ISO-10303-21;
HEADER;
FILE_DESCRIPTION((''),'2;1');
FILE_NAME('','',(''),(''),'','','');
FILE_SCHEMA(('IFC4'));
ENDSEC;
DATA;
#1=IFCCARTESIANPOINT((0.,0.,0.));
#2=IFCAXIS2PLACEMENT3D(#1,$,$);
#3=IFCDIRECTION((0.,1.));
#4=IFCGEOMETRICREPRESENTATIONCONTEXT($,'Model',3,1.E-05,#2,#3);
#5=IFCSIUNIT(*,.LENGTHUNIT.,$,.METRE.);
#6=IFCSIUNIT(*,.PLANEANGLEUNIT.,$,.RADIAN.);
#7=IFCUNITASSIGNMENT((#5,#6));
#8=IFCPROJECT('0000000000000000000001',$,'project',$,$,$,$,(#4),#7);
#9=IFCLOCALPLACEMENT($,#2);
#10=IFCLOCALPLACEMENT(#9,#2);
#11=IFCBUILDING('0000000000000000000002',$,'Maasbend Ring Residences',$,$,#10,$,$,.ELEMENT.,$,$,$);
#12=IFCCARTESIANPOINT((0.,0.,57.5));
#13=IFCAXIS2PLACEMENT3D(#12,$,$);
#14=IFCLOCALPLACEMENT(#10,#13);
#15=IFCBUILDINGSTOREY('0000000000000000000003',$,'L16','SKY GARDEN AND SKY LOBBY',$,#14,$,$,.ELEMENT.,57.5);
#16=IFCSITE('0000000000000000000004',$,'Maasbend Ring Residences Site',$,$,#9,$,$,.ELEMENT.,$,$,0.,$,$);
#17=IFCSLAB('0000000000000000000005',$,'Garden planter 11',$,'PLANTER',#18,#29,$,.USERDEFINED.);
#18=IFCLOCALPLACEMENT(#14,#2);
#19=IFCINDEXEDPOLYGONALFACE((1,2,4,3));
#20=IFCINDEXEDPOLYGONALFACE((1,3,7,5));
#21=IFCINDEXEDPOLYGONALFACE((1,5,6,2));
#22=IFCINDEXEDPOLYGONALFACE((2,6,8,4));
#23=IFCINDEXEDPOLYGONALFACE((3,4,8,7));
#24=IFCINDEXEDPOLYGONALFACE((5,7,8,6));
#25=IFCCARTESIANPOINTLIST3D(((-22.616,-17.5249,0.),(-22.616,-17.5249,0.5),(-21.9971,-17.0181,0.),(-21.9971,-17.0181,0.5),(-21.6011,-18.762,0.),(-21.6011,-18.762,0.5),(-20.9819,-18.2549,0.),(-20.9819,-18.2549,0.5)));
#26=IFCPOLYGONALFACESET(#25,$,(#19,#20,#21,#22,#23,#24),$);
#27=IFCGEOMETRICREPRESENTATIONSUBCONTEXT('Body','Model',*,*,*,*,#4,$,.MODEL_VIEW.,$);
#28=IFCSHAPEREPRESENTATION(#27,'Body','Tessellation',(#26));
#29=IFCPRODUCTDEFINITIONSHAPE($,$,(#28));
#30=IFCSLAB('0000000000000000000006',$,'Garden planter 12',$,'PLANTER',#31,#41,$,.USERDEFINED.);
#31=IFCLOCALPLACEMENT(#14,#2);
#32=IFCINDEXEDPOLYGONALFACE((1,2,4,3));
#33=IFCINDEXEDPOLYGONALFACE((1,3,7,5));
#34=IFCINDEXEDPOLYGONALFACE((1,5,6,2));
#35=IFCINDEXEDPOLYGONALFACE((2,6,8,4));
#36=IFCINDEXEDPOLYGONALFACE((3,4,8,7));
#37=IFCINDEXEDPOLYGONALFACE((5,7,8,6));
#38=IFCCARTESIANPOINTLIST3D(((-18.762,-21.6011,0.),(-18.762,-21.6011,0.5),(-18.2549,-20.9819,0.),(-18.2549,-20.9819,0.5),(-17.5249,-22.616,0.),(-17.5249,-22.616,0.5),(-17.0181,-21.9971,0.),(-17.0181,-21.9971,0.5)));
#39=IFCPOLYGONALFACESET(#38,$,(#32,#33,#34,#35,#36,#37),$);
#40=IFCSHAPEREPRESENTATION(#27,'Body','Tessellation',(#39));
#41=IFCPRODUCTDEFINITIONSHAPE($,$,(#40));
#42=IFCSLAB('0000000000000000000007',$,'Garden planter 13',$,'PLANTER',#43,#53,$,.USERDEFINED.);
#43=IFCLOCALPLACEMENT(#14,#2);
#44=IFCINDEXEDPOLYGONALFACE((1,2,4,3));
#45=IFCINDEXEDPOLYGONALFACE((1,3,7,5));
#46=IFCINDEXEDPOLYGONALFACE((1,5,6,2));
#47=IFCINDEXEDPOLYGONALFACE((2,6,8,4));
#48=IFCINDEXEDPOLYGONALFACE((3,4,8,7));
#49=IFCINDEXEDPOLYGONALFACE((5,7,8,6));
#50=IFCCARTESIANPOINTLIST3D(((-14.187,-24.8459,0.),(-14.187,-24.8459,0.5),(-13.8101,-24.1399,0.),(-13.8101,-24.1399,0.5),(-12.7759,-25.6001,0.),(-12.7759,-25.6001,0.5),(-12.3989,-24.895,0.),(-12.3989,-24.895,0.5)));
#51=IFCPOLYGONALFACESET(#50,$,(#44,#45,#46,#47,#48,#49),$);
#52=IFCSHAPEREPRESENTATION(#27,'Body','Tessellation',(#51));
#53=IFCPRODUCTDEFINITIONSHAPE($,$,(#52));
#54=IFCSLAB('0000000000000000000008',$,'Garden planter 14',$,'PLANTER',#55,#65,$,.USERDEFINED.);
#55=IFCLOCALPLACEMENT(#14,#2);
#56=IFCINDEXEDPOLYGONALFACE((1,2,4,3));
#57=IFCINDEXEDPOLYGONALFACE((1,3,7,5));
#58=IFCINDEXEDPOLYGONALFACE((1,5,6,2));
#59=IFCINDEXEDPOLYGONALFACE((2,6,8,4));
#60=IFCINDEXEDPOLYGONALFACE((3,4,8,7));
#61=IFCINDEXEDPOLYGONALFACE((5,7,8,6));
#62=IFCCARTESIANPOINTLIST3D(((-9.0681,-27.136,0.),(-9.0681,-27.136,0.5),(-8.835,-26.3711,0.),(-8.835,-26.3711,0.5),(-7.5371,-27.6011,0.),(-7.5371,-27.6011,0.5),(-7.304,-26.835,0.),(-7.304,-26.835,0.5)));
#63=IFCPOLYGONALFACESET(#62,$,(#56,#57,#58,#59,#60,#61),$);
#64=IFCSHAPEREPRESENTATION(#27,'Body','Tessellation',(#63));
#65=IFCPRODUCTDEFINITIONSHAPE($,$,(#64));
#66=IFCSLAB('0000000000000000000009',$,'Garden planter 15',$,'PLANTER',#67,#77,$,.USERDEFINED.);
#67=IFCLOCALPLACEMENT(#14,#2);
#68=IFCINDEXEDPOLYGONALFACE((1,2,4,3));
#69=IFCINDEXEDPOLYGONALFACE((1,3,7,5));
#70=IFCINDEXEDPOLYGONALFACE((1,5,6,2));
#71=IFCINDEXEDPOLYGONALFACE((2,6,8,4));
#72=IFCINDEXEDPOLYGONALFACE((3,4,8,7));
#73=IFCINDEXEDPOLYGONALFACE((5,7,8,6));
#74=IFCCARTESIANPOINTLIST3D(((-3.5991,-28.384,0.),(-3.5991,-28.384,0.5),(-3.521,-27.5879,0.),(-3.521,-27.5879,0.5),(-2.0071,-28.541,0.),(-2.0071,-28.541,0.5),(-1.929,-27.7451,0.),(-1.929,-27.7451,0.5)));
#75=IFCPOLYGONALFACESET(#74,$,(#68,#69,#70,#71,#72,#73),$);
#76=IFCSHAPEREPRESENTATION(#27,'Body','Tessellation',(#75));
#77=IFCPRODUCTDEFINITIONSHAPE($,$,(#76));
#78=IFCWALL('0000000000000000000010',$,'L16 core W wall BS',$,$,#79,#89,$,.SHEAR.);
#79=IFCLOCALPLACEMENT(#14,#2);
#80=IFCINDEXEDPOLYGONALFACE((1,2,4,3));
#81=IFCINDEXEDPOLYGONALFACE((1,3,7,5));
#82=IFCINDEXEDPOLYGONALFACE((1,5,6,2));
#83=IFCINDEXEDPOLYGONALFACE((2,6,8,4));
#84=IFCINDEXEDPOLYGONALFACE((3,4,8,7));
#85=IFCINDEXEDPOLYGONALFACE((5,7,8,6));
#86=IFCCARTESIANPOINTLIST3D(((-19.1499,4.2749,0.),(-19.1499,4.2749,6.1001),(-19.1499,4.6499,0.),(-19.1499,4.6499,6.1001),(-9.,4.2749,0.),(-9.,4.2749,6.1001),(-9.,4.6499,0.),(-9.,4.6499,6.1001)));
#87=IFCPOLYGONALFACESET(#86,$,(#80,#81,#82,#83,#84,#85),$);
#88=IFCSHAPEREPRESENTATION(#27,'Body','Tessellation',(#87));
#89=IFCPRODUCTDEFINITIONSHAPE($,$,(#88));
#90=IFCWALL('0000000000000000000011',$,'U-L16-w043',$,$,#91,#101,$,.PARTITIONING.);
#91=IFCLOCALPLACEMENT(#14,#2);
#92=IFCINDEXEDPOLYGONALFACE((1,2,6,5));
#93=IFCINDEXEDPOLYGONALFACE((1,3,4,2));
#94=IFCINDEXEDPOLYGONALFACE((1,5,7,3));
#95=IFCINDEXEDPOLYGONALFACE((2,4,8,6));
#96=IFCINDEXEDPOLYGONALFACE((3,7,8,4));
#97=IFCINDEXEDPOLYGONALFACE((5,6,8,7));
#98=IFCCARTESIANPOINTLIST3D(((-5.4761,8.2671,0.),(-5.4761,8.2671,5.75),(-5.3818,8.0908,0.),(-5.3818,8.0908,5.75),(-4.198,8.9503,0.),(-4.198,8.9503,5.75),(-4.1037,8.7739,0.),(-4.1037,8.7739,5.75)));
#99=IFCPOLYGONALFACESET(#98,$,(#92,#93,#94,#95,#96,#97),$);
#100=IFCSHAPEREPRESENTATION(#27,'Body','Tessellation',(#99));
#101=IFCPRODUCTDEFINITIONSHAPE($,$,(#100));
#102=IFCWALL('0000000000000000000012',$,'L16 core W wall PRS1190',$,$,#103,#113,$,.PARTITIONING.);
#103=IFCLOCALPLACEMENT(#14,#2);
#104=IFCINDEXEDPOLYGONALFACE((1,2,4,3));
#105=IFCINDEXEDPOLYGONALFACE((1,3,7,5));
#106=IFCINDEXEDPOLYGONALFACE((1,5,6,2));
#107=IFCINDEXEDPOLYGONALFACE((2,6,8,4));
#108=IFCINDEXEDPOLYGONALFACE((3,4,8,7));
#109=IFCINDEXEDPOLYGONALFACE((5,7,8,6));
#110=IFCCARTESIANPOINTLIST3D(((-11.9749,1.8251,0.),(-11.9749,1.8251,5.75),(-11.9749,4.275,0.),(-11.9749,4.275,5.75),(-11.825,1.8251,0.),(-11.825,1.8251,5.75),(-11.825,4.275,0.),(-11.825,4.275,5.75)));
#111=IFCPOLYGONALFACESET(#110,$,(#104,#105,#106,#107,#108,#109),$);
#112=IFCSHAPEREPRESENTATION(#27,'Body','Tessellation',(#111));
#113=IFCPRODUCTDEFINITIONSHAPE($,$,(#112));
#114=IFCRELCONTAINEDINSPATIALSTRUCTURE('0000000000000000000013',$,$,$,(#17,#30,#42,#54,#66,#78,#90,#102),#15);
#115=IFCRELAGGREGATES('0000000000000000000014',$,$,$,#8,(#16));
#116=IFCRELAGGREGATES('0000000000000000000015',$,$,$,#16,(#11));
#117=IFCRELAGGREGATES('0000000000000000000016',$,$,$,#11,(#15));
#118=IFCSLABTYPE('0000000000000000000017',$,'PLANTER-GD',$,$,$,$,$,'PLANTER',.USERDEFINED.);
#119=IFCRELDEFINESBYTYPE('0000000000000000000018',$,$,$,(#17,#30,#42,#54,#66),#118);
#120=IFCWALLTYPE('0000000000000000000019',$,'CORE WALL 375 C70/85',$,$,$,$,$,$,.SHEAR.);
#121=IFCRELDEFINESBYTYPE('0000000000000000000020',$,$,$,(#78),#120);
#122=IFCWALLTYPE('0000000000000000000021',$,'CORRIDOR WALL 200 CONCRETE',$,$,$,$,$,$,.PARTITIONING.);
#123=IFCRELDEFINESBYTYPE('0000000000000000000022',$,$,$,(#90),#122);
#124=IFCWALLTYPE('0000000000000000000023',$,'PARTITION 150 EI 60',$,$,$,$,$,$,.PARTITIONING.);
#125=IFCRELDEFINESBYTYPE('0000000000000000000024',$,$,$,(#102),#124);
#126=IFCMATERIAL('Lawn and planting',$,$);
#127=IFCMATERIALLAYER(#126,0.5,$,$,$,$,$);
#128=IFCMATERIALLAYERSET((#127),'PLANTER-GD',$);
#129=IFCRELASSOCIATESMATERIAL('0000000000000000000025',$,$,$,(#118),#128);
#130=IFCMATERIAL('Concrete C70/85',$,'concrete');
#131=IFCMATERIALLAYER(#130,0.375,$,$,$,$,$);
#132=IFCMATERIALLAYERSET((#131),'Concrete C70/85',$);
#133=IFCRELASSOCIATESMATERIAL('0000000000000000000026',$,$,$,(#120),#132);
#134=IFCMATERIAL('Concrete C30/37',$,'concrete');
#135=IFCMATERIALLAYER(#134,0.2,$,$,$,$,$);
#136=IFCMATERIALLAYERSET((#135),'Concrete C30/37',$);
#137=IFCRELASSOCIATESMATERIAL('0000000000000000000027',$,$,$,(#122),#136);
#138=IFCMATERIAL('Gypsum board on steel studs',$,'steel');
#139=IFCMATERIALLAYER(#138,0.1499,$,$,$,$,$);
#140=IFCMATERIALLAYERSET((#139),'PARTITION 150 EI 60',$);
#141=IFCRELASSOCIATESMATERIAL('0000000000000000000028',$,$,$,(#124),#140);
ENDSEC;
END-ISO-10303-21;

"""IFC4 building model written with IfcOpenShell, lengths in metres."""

from ifc_helpers import new_model, si_unit, direction, frame, frame_2d, origin, place, context, subcontext, project, spatial, polyline, rectangle, outline, extrude, material, layer, layer_set, type_object, element, save


model = new_model("IFC4")

# Units and contexts
model_context = context("Model", 3, precision=1e-05, world=origin(), true_north=direction((0.0, 1.0)))
body_context = subcontext(model_context, "Body", "Model", "MODEL_VIEW")
ifc_project = project(units=[si_unit("LENGTHUNIT", "METRE"), si_unit("PLANEANGLEUNIT", "RADIAN")], contexts=[model_context])

# Site, building, storey
site_placement = place(None, origin())
site = spatial("IfcSite", under=ifc_project, at=site_placement, Name="Maasbend Ring Residences Site", CompositionType="ELEMENT", RefElevation=0.0)
building_placement = place(site_placement, origin())
building = spatial("IfcBuilding", under=site, at=building_placement, Name="Maasbend Ring Residences", CompositionType="ELEMENT")
storey_placement = place(building_placement, frame((0.0, 0.0, 57.5)))
storey = spatial("IfcBuildingStorey", under=building, at=storey_placement, Name="L16", Description="SKY GARDEN AND SKY LOBBY", CompositionType="ELEMENT", Elevation=57.5)

# Slabs
ifc_material_1 = material(Name="Lawn and planting")
ifc_layer_1 = layer(ifc_material_1, 0.5)
ifc_layer_set_1 = layer_set([ifc_layer_1], Name="PLANTER-GD")
slab_type = type_object("IfcSlabType", Name="PLANTER-GD", ElementType="PLANTER", PredefinedType="USERDEFINED", material=ifc_layer_set_1)
slab_1_placement = place(storey_placement, origin())
element("IfcSlab", 1, at=slab_1_placement, inside=storey, type_object=slab_type, Name="Garden planter 11", ObjectType="PLANTER", PredefinedType="USERDEFINED", context=body_context, shape_type="SweptSolid", body=[
    extrude(outline(polyline([(-22.616, -17.5249), (-21.6011, -18.762), (-20.9819, -18.2549), (-21.9971, -17.0181), (-22.616, -17.5249)])), origin(), (0.0, 0.0, 1.0), 0.5),
])
slab_2_placement = place(storey_placement, origin())
element("IfcSlab", 2, at=slab_2_placement, inside=storey, type_object=slab_type, Name="Garden planter 12", ObjectType="PLANTER", PredefinedType="USERDEFINED", context=body_context, shape_type="SweptSolid", body=[
    extrude(outline(polyline([(-18.762, -21.6011), (-17.5249, -22.616), (-17.0181, -21.9971), (-18.2549, -20.9819), (-18.762, -21.6011)])), origin(), (0.0, 0.0, 1.0), 0.5),
])
slab_3_placement = place(storey_placement, origin())
element("IfcSlab", 3, at=slab_3_placement, inside=storey, type_object=slab_type, Name="Garden planter 13", ObjectType="PLANTER", PredefinedType="USERDEFINED", context=body_context, shape_type="SweptSolid", body=[
    extrude(outline(polyline([(-14.187, -24.8459), (-12.7759, -25.6001), (-12.3989, -24.895), (-13.8101, -24.1399), (-14.187, -24.8459)])), origin(), (0.0, 0.0, 1.0), 0.5),
])
slab_4_placement = place(storey_placement, origin())
element("IfcSlab", 4, at=slab_4_placement, inside=storey, type_object=slab_type, Name="Garden planter 14", ObjectType="PLANTER", PredefinedType="USERDEFINED", context=body_context, shape_type="SweptSolid", body=[
    extrude(outline(polyline([(-9.0681, -27.136), (-7.5371, -27.6011), (-7.304, -26.835), (-8.835, -26.3711), (-9.0681, -27.136)])), origin(), (0.0, 0.0, 1.0), 0.5),
])
slab_5_placement = place(storey_placement, origin())
element("IfcSlab", 5, at=slab_5_placement, inside=storey, type_object=slab_type, Name="Garden planter 15", ObjectType="PLANTER", PredefinedType="USERDEFINED", context=body_context, shape_type="SweptSolid", body=[
    extrude(outline(polyline([(-3.5991, -28.384), (-2.0071, -28.541), (-1.929, -27.7451), (-3.521, -27.5879), (-3.5991, -28.384)])), origin(), (0.0, 0.0, 1.0), 0.5),
])

# Walls
ifc_material_2 = material(Name="Concrete C70/85", Category="concrete")
ifc_layer_2 = layer(ifc_material_2, 0.375)
ifc_layer_set_2 = layer_set([ifc_layer_2], Name="Concrete C70/85")
wall_type_1 = type_object("IfcWallType", Name="CORE WALL 375 C70/85", PredefinedType="SHEAR", material=ifc_layer_set_2)
wall_1_placement = place(storey_placement, frame((-9.0, 4.4624, 0.0), z_axis=(0.0, 0.0, 1.0), x_axis=(-1.0, 0.0, 0.0)))
element("IfcWall", 6, at=wall_1_placement, inside=storey, type_object=wall_type_1, Name="L16 core W wall BS", PredefinedType="SHEAR", context=body_context, shape_type="SweptSolid", body=[
    extrude(rectangle(XDim=10.1499, YDim=0.375, at=frame_2d((5.075, 0.0))), origin(), (0.0, 0.0, 1.0), 6.1001),
])
ifc_material_3 = material(Name="Concrete C30/37", Category="concrete")
ifc_layer_3 = layer(ifc_material_3, 0.2)
ifc_layer_set_3 = layer_set([ifc_layer_3], Name="Concrete C30/37")
wall_type_2 = type_object("IfcWallType", Name="CORRIDOR WALL 200 CONCRETE", PredefinedType="PARTITIONING", material=ifc_layer_set_3)
wall_2_placement = place(storey_placement, frame((-5.429, 8.179, 0.0), z_axis=(0.0, 0.0, 1.0), x_axis=(0.881933, 0.471375, 0.0)))
element("IfcWall", 7, at=wall_2_placement, inside=storey, type_object=wall_type_2, Name="U-L16-w043", PredefinedType="PARTITIONING", context=body_context, shape_type="SweptSolid", body=[
    extrude(rectangle(XDim=1.4492, YDim=0.2, at=frame_2d((0.7246, 0.0))), origin(), (0.0, 0.0, 1.0), 5.75),
])
ifc_material_4 = material(Name="Gypsum board on steel studs", Category="steel")
ifc_layer_4 = layer(ifc_material_4, 0.1499)
ifc_layer_set_4 = layer_set([ifc_layer_4], Name="PARTITION 150 EI 60")
wall_type_3 = type_object("IfcWallType", Name="PARTITION 150 EI 60", PredefinedType="PARTITIONING", material=ifc_layer_set_4)
wall_3_placement = place(storey_placement, frame((-11.8999, 1.825, 0.0), z_axis=(0.0, 0.0, 1.0), x_axis=(0.0, 1.0, 0.0)))
element("IfcWall", 8, at=wall_3_placement, inside=storey, type_object=wall_type_3, Name="L16 core W wall PRS1190", PredefinedType="PARTITIONING", context=body_context, shape_type="SweptSolid", body=[
    extrude(rectangle(XDim=2.45, YDim=0.1499, at=frame_2d((1.2251, 0.0))), origin(), (0.0, 0.0, 1.0), 5.75),
])

save(model, "model.ifc")
